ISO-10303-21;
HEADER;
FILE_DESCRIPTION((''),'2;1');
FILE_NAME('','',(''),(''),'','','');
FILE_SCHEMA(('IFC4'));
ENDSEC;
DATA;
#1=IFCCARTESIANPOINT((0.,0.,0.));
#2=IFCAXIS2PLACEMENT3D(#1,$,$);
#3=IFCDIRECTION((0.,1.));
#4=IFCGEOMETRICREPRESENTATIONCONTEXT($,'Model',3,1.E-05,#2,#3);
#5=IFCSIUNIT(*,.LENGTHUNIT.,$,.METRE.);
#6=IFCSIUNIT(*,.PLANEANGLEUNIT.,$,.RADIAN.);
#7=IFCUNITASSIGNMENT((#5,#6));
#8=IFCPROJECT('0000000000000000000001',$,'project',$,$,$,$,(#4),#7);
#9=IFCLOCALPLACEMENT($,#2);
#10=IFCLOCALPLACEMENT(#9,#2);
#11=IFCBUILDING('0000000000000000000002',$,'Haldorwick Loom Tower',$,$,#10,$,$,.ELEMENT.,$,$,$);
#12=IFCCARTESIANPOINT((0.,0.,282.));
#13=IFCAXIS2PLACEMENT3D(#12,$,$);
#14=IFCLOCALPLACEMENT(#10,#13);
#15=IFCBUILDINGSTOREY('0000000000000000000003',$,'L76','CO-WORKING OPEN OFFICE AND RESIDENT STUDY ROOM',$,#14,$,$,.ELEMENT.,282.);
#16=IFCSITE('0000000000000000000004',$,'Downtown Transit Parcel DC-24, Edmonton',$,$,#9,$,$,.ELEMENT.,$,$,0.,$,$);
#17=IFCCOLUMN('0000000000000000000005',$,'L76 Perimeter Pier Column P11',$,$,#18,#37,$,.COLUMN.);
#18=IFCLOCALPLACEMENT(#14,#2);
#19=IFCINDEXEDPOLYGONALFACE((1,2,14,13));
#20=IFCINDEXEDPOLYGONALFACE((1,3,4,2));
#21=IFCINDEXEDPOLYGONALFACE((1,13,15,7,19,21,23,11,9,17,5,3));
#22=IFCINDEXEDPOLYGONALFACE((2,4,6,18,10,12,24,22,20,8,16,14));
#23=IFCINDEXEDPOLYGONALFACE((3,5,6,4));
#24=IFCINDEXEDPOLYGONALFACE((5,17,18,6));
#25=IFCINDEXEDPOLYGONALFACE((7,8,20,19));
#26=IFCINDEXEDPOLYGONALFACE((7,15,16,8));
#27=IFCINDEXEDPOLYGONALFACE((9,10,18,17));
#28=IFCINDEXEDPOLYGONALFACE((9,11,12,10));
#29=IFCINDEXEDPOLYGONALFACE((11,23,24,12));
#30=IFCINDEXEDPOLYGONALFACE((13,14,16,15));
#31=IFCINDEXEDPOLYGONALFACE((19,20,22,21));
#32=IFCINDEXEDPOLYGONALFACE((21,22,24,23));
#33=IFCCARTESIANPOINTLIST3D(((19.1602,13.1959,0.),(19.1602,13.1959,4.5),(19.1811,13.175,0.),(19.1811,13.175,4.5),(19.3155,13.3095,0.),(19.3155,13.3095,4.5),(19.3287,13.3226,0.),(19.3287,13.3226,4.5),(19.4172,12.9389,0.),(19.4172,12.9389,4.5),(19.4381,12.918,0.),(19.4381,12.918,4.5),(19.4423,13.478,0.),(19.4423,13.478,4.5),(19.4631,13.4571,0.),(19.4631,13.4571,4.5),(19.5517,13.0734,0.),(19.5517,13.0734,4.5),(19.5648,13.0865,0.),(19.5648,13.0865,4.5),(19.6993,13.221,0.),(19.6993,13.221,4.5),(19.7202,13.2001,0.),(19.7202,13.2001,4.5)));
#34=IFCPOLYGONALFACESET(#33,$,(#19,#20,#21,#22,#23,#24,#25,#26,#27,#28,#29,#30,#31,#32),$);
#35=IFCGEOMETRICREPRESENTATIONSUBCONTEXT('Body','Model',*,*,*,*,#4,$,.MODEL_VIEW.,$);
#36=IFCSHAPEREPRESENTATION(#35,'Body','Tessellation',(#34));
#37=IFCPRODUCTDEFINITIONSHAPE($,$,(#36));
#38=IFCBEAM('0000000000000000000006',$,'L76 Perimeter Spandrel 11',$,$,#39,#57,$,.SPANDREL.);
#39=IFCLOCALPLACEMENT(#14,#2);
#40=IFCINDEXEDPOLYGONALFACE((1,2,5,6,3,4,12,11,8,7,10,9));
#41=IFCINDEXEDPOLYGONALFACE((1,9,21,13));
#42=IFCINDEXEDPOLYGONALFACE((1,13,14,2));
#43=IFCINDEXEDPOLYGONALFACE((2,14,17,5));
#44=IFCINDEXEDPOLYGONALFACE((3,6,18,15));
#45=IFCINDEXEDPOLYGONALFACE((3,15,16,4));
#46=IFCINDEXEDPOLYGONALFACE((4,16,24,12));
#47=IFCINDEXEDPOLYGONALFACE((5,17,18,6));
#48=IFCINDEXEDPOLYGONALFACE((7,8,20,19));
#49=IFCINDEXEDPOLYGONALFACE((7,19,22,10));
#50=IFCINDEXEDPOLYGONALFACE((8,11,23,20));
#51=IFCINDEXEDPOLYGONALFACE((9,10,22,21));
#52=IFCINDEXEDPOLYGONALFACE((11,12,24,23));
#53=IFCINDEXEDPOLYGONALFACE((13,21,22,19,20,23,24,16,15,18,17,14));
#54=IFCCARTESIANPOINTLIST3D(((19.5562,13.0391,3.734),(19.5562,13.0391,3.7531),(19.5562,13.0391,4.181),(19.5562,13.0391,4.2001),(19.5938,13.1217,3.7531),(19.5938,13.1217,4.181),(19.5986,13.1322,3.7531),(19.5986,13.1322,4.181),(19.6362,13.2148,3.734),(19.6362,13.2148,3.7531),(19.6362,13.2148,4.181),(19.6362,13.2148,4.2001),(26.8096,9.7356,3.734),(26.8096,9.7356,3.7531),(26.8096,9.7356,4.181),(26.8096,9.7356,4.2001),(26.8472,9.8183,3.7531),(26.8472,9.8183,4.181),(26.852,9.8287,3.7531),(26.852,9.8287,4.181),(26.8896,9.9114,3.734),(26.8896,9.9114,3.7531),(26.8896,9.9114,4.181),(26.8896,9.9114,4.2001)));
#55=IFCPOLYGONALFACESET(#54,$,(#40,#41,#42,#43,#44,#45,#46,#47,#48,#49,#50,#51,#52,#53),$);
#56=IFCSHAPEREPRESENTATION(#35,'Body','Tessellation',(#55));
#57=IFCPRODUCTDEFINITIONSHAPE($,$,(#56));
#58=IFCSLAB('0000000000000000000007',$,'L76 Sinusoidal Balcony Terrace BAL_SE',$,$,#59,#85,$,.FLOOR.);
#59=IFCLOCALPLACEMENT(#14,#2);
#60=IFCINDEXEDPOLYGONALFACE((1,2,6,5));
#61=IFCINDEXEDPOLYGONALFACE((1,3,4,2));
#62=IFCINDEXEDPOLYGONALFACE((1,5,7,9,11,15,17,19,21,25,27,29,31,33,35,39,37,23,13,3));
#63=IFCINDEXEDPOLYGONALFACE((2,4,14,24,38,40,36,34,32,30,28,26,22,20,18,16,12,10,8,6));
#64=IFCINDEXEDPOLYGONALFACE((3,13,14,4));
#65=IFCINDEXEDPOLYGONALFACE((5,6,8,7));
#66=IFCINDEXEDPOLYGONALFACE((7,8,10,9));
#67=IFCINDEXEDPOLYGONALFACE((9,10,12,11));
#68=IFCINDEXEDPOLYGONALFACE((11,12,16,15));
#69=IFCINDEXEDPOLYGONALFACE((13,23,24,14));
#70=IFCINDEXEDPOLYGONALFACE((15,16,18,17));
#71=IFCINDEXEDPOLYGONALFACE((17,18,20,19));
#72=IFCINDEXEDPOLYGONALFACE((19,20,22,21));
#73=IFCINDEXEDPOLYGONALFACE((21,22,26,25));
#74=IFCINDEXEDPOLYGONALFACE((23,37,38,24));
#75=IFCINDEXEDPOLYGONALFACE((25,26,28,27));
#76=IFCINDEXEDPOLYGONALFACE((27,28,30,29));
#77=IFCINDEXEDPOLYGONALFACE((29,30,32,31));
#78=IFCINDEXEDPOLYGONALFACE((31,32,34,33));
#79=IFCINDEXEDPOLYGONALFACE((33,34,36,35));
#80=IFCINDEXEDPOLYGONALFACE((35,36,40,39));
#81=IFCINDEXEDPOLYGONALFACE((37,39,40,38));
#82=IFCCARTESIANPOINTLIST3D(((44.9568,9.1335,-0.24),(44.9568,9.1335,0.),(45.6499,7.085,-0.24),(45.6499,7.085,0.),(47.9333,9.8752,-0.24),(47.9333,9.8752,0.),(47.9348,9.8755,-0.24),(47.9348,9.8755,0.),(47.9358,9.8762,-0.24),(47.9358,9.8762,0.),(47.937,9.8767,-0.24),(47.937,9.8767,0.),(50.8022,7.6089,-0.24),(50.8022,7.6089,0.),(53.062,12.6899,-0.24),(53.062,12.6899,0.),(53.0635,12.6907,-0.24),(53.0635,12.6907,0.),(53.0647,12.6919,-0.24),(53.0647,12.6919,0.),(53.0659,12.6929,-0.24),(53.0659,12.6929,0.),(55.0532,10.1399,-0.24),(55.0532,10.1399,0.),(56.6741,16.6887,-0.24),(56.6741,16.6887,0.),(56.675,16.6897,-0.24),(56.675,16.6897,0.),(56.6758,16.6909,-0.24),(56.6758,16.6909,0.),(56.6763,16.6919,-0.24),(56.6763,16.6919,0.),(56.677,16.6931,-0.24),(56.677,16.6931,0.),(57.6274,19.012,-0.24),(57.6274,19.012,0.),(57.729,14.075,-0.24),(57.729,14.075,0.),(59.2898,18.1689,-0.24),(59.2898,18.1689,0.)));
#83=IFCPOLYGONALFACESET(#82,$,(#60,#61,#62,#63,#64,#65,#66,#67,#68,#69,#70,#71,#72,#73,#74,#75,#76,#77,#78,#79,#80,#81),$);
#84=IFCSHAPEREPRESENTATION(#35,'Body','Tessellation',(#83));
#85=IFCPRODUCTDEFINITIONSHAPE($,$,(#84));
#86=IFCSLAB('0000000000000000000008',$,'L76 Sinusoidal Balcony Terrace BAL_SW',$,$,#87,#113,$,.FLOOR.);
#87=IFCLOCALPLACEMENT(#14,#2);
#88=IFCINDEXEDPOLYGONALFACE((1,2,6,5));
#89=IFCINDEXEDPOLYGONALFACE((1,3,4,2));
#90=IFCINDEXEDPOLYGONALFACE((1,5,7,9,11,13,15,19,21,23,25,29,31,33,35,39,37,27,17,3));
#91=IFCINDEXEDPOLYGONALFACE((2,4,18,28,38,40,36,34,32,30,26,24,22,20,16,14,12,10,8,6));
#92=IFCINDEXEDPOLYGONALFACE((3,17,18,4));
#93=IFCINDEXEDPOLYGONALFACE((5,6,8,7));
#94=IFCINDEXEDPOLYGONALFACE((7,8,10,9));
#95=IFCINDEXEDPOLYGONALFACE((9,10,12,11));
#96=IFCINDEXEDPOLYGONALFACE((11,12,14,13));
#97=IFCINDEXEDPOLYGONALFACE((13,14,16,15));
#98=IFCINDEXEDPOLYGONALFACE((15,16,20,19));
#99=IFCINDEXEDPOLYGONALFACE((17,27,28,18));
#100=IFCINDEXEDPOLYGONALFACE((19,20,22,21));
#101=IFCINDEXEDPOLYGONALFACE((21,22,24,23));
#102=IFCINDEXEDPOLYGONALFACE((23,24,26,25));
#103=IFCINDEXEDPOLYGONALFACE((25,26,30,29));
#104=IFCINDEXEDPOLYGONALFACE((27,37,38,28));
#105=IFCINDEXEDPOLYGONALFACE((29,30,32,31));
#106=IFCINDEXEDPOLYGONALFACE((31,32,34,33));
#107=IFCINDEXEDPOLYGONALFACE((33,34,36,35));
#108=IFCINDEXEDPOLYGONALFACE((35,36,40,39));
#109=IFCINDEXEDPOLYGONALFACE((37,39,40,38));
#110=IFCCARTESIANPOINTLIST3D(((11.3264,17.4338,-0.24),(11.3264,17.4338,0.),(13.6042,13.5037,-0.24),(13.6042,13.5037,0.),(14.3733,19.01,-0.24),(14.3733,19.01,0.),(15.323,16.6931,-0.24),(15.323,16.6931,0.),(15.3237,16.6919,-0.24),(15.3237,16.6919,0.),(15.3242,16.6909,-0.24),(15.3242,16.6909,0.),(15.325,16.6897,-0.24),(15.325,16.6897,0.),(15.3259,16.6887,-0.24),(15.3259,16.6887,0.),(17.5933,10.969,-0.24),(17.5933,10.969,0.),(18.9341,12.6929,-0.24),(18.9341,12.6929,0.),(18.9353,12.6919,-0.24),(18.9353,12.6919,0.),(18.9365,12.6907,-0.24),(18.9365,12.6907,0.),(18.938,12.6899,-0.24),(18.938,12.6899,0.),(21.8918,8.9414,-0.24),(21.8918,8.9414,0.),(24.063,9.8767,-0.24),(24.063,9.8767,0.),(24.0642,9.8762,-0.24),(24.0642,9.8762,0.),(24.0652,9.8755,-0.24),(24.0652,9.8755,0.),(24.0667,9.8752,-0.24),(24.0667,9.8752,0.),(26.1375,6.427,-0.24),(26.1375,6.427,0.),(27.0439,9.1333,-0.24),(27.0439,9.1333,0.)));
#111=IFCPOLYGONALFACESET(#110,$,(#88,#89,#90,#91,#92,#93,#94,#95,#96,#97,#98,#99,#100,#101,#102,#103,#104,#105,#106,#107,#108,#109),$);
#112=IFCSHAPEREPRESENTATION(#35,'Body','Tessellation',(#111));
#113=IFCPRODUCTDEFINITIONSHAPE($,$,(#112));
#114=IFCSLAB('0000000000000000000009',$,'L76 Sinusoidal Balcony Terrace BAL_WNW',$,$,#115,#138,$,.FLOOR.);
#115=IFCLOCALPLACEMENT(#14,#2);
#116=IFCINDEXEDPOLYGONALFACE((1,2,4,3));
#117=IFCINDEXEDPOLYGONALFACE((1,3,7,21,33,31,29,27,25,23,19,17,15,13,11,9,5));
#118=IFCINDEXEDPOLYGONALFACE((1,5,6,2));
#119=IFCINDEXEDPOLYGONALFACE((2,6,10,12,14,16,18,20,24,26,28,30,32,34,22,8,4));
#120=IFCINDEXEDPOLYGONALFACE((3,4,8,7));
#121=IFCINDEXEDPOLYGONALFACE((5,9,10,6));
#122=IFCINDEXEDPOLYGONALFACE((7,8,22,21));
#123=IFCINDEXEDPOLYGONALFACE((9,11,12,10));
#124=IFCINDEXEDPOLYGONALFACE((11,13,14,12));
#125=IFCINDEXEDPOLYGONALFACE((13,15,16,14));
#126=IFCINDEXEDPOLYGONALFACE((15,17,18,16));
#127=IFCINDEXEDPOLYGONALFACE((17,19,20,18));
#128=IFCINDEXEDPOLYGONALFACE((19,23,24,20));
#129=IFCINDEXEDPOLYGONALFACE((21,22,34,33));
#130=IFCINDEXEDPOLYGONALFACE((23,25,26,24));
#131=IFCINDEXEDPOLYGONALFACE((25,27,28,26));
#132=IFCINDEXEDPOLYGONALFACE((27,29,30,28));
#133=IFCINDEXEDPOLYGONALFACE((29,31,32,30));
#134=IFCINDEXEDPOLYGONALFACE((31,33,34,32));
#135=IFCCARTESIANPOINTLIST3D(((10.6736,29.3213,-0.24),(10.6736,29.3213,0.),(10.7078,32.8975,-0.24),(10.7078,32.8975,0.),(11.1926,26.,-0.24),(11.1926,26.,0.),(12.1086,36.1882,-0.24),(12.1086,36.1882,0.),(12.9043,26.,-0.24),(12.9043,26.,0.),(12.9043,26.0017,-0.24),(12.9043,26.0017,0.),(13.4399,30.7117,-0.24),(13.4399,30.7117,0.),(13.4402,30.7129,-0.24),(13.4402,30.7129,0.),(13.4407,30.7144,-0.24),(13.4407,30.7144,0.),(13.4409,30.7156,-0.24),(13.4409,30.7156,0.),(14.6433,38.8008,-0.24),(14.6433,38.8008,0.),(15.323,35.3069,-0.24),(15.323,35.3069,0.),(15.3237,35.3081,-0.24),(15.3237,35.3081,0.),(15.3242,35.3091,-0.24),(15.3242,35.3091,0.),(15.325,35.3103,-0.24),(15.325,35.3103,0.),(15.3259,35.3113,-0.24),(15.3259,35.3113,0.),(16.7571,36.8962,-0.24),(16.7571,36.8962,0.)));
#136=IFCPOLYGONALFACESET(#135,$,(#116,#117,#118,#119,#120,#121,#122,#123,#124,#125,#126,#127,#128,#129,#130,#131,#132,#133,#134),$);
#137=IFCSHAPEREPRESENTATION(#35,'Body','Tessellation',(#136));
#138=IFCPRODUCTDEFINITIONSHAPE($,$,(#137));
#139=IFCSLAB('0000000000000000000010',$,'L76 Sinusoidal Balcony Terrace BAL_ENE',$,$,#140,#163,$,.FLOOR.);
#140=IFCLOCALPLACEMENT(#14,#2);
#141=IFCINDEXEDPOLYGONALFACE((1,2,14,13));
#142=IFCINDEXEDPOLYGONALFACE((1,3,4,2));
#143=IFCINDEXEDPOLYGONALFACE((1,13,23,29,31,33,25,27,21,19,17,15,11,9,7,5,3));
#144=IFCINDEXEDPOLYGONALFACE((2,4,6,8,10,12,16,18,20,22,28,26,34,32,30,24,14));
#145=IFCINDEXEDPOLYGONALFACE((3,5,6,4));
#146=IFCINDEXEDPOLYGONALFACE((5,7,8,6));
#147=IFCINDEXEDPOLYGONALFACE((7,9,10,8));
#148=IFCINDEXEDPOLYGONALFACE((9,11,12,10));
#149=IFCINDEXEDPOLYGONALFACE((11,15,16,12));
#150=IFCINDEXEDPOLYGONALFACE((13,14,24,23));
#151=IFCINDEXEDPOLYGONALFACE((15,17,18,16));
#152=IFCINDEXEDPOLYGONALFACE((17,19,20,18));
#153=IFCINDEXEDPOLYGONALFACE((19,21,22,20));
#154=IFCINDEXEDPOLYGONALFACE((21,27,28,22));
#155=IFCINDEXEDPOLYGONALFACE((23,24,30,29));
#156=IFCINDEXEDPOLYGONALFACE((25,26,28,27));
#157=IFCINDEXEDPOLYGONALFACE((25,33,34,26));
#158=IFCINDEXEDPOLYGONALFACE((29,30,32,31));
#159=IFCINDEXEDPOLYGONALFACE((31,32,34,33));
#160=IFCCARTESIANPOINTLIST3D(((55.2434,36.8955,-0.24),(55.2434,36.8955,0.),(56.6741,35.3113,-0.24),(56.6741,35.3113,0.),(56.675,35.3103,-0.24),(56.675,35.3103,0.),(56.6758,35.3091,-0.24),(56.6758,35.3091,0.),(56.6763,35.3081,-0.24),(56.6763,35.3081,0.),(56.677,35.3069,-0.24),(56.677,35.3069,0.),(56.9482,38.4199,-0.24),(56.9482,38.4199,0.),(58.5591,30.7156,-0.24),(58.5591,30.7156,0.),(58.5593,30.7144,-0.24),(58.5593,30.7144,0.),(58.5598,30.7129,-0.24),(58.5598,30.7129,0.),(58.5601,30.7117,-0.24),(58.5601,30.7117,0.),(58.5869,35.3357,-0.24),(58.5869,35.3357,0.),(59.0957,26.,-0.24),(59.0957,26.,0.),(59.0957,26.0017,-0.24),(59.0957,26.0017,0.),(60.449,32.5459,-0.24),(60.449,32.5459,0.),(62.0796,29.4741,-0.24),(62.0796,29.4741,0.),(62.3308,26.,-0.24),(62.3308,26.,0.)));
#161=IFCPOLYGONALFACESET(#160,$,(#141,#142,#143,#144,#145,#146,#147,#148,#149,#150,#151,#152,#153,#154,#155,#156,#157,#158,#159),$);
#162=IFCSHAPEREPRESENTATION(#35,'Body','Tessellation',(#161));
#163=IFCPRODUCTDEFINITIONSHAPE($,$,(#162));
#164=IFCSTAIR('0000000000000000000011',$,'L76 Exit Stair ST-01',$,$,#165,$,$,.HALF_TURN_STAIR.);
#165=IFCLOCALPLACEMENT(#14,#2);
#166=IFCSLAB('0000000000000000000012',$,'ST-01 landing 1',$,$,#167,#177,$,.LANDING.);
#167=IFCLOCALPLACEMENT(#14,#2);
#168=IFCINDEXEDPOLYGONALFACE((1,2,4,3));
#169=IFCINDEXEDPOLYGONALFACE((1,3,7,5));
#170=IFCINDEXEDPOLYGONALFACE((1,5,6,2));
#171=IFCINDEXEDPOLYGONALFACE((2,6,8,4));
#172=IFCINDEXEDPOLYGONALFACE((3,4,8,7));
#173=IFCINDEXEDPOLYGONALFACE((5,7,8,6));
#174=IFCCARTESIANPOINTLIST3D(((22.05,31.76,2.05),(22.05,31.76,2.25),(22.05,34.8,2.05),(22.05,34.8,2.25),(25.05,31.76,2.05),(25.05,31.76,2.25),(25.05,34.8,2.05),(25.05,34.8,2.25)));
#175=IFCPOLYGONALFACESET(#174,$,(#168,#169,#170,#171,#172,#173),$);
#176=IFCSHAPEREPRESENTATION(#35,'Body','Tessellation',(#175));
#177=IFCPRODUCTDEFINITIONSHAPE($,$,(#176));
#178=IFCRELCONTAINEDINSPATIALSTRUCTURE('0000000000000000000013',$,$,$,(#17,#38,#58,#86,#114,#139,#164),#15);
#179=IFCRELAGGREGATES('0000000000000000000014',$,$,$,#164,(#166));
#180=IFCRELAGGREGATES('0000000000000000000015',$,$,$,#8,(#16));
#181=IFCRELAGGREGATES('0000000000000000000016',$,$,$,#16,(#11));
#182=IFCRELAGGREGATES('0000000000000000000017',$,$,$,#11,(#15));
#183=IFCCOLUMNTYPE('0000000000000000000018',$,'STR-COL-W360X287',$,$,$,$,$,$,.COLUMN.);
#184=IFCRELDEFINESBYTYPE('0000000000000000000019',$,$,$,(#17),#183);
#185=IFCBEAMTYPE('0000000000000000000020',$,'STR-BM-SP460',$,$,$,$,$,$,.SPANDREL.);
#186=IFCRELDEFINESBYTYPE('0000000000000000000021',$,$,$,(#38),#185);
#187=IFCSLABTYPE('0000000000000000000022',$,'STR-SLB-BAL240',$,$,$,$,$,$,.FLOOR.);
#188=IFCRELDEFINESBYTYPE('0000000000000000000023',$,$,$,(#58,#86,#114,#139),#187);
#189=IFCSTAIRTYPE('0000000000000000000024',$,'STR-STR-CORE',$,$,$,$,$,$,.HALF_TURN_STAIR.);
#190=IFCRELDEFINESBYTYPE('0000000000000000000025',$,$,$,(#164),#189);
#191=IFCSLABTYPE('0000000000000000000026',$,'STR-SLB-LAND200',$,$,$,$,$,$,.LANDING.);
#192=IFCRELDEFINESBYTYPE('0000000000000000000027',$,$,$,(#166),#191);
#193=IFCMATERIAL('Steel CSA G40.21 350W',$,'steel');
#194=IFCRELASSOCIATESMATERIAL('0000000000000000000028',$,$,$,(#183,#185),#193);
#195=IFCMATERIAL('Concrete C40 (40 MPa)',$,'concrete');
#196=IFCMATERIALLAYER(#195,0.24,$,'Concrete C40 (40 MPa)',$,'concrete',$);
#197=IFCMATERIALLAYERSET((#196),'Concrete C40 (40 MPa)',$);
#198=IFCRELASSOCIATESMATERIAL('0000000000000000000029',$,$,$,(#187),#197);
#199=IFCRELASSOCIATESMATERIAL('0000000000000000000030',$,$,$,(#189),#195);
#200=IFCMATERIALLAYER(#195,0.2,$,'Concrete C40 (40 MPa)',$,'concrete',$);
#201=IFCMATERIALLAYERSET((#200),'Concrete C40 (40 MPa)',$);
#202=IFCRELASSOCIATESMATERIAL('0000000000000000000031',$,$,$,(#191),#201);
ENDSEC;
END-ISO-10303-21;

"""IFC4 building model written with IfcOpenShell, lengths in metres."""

from ifc_helpers import new_model, si_unit, direction, frame, origin, origin_2d, place, context, subcontext, project, spatial, polyline, i_section, outline, extrude, material, layer, layer_set, material_profile, profile_set, type_object, element, aggregate, save


model = new_model("IFC4")

# Units and contexts
model_context = context("Model", 3, precision=1e-05, world=origin(), true_north=direction((0.0, 1.0)))
body_context = subcontext(model_context, "Body", "Model", "MODEL_VIEW")
ifc_project = project(units=[si_unit("LENGTHUNIT", "METRE"), si_unit("PLANEANGLEUNIT", "RADIAN")], contexts=[model_context])

# Site, building, storey
site_placement = place(None, origin())
site = spatial("IfcSite", under=ifc_project, at=site_placement, Name="Downtown Transit Parcel DC-24, Edmonton", CompositionType="ELEMENT", RefElevation=0.0)
building_placement = place(site_placement, origin())
building = spatial("IfcBuilding", under=site, at=building_placement, Name="Haldorwick Loom Tower", CompositionType="ELEMENT")
storey_placement = place(building_placement, frame((0.0, 0.0, 282.0)))
storey = spatial("IfcBuildingStorey", under=building, at=storey_placement, Name="L76", Description="CO-WORKING OPEN OFFICE AND RESIDENT STUDY ROOM", CompositionType="ELEMENT", Elevation=282.0)

# Column
ifc_material_1 = material(Name="Steel CSA G40.21 350W", Category="steel")
ifc_material_profile_1 = material_profile(ifc_material_1, i_section(OverallWidth=0.3989, OverallDepth=0.3931, WebThickness=0.0186, FlangeThickness=0.0295, at=origin_2d()), Name="W360X287", Category="steel")
ifc_profile_set_1 = profile_set([ifc_material_profile_1], Name="Steel CSA G40.21 350W")
column_type = type_object("IfcColumnType", Name="STR-COL-W360X287", PredefinedType="COLUMN", material=ifc_profile_set_1)
column_placement = place(storey_placement, frame((19.4402, 13.198, 0.0), z_axis=(0.0, 0.0, 1.0), x_axis=(-0.707107, -0.707107, 0.0)))
element("IfcColumn", 1, at=column_placement, inside=storey, type_object=column_type, Name="L76 Perimeter Pier Column P11", PredefinedType="COLUMN", context=body_context, shape_type="SweptSolid", body=[
    extrude(i_section(OverallWidth=0.3989, OverallDepth=0.3931, WebThickness=0.0186, FlangeThickness=0.0295, at=origin_2d()), origin(), (0.0, 0.0, 1.0), 4.5),
])

# Beam
ifc_material_profile_2 = material_profile(ifc_material_1, i_section(OverallWidth=0.1931, OverallDepth=0.4661, WebThickness=0.0115, FlangeThickness=0.019, at=origin_2d()), Name="W460X97", Category="steel")
ifc_profile_set_2 = profile_set([ifc_material_profile_2], Name="Steel CSA G40.21 350W")
beam_type = type_object("IfcBeamType", Name="STR-BM-SP460", PredefinedType="SPANDREL", material=ifc_profile_set_2)
beam_placement = place(storey_placement, frame((19.5962, 13.127, 3.967), z_axis=(0.910061, -0.414474, 0.0), x_axis=(0.414474, 0.910061, 0.0)))
element("IfcBeam", 2, at=beam_placement, inside=storey, type_object=beam_type, Name="L76 Perimeter Spandrel 11", PredefinedType="SPANDREL", context=body_context, shape_type="SweptSolid", body=[
    extrude(i_section(OverallWidth=0.1931, OverallDepth=0.4661, WebThickness=0.0115, FlangeThickness=0.019, at=origin_2d()), origin(), (0.0, 0.0, 1.0), 7.9702),
])

# Slabs
ifc_material_2 = material(Name="Concrete C40 (40 MPa)", Category="concrete")
ifc_layer_1 = layer(ifc_material_2, 0.24, Name="Concrete C40 (40 MPa)", Category="concrete")
ifc_layer_set_1 = layer_set([ifc_layer_1], Name="Concrete C40 (40 MPa)")
slab_type_1 = type_object("IfcSlabType", Name="STR-SLB-BAL240", PredefinedType="FLOOR", material=ifc_layer_set_1)
slab_1_placement = place(storey_placement, frame((0.0, 0.0, -0.24)))
element("IfcSlab", 3, at=slab_1_placement, inside=storey, type_object=slab_type_1, Name="L76 Sinusoidal Balcony Terrace BAL_SE", PredefinedType="FLOOR", context=body_context, shape_type="SweptSolid", body=[
    extrude(outline(polyline([(57.6274, 19.012), (56.677, 16.6931), (56.6763, 16.6919), (56.6758, 16.6909), (56.675, 16.6897), (56.6741, 16.6887), (53.0659, 12.6929), (53.0647, 12.6919), (53.0635, 12.6907), (53.062, 12.6899), (47.937, 9.8767), (47.9358, 9.8762), (47.9348, 9.8755), (47.9333, 9.8752), (44.9568, 9.1335), (45.6499, 7.085), (50.8022, 7.6089), (55.0532, 10.1399), (57.729, 14.075), (59.2898, 18.1689), (57.6274, 19.012)])), origin(), (0.0, 0.0, 1.0), 0.24),
])
slab_2_placement = place(storey_placement, frame((0.0, 0.0, -0.24)))
element("IfcSlab", 4, at=slab_2_placement, inside=storey, type_object=slab_type_1, Name="L76 Sinusoidal Balcony Terrace BAL_SW", PredefinedType="FLOOR", context=body_context, shape_type="SweptSolid", body=[
    extrude(outline(polyline([(27.0439, 9.1333), (24.0667, 9.8752), (24.0652, 9.8755), (24.0642, 9.8762), (24.063, 9.8767), (18.938, 12.6899), (18.9365, 12.6907), (18.9353, 12.6919), (18.9341, 12.6929), (15.3259, 16.6887), (15.325, 16.6897), (15.3242, 16.6909), (15.3237, 16.6919), (15.323, 16.6931), (14.3733, 19.01), (11.3264, 17.4338), (13.6042, 13.5037), (17.5933, 10.969), (21.8918, 8.9414), (26.1375, 6.427), (27.0439, 9.1333)])), origin(), (0.0, 0.0, 1.0), 0.24),
])
slab_3_placement = place(storey_placement, frame((0.0, 0.0, -0.24)))
element("IfcSlab", 5, at=slab_3_placement, inside=storey, type_object=slab_type_1, Name="L76 Sinusoidal Balcony Terrace BAL_WNW", PredefinedType="FLOOR", context=body_context, shape_type="SweptSolid", body=[
    extrude(outline(polyline([(12.9043, 26.0), (12.9043, 26.0017), (13.4399, 30.7117), (13.4402, 30.7129), (13.4407, 30.7144), (13.4409, 30.7156), (15.323, 35.3069), (15.3237, 35.3081), (15.3242, 35.3091), (15.325, 35.3103), (15.3259, 35.3113), (16.7571, 36.8962), (14.6433, 38.8008), (12.1086, 36.1882), (10.7078, 32.8975), (10.6736, 29.3213), (11.1926, 26.0), (12.9043, 26.0)])), origin(), (0.0, 0.0, 1.0), 0.24),
])
slab_4_placement = place(storey_placement, frame((0.0, 0.0, -0.24)))
element("IfcSlab", 6, at=slab_4_placement, inside=storey, type_object=slab_type_1, Name="L76 Sinusoidal Balcony Terrace BAL_ENE", PredefinedType="FLOOR", context=body_context, shape_type="SweptSolid", body=[
    extrude(outline(polyline([(55.2434, 36.8955), (56.6741, 35.3113), (56.675, 35.3103), (56.6758, 35.3091), (56.6763, 35.3081), (56.677, 35.3069), (58.5591, 30.7156), (58.5593, 30.7144), (58.5598, 30.7129), (58.5601, 30.7117), (59.0957, 26.0017), (59.0957, 26.0), (62.3308, 26.0), (62.0796, 29.4741), (60.449, 32.5459), (58.5869, 35.3357), (56.9482, 38.4199), (55.2434, 36.8955)])), origin(), (0.0, 0.0, 1.0), 0.24),
])

# Stair, slab
stair_type = type_object("IfcStairType", Name="STR-STR-CORE", PredefinedType="HALF_TURN_STAIR", material=ifc_material_2)
stair_1_placement = place(storey_placement, origin())
stair_1 = element("IfcStair", 7, at=stair_1_placement, inside=storey, type_object=stair_type, Name="L76 Exit Stair ST-01", PredefinedType="HALF_TURN_STAIR")
ifc_layer_2 = layer(ifc_material_2, 0.2, Name="Concrete C40 (40 MPa)", Category="concrete")
ifc_layer_set_2 = layer_set([ifc_layer_2], Name="Concrete C40 (40 MPa)")
slab_type_2 = type_object("IfcSlabType", Name="STR-SLB-LAND200", PredefinedType="LANDING", material=ifc_layer_set_2)
slab_5_placement = place(storey_placement, frame((0.0, 0.0, 2.05)))
slab_5 = element("IfcSlab", 8, at=slab_5_placement, type_object=slab_type_2, Name="ST-01 landing 1", PredefinedType="LANDING", context=body_context, shape_type="SweptSolid", body=[
    extrude(outline(polyline([(25.05, 31.76), (25.05, 34.8), (22.05, 34.8), (22.05, 31.76), (25.05, 31.76)])), origin(), (0.0, 0.0, 1.0), 0.2),
])
aggregate(stair_1, [slab_5])

save(model, "model.ifc")
